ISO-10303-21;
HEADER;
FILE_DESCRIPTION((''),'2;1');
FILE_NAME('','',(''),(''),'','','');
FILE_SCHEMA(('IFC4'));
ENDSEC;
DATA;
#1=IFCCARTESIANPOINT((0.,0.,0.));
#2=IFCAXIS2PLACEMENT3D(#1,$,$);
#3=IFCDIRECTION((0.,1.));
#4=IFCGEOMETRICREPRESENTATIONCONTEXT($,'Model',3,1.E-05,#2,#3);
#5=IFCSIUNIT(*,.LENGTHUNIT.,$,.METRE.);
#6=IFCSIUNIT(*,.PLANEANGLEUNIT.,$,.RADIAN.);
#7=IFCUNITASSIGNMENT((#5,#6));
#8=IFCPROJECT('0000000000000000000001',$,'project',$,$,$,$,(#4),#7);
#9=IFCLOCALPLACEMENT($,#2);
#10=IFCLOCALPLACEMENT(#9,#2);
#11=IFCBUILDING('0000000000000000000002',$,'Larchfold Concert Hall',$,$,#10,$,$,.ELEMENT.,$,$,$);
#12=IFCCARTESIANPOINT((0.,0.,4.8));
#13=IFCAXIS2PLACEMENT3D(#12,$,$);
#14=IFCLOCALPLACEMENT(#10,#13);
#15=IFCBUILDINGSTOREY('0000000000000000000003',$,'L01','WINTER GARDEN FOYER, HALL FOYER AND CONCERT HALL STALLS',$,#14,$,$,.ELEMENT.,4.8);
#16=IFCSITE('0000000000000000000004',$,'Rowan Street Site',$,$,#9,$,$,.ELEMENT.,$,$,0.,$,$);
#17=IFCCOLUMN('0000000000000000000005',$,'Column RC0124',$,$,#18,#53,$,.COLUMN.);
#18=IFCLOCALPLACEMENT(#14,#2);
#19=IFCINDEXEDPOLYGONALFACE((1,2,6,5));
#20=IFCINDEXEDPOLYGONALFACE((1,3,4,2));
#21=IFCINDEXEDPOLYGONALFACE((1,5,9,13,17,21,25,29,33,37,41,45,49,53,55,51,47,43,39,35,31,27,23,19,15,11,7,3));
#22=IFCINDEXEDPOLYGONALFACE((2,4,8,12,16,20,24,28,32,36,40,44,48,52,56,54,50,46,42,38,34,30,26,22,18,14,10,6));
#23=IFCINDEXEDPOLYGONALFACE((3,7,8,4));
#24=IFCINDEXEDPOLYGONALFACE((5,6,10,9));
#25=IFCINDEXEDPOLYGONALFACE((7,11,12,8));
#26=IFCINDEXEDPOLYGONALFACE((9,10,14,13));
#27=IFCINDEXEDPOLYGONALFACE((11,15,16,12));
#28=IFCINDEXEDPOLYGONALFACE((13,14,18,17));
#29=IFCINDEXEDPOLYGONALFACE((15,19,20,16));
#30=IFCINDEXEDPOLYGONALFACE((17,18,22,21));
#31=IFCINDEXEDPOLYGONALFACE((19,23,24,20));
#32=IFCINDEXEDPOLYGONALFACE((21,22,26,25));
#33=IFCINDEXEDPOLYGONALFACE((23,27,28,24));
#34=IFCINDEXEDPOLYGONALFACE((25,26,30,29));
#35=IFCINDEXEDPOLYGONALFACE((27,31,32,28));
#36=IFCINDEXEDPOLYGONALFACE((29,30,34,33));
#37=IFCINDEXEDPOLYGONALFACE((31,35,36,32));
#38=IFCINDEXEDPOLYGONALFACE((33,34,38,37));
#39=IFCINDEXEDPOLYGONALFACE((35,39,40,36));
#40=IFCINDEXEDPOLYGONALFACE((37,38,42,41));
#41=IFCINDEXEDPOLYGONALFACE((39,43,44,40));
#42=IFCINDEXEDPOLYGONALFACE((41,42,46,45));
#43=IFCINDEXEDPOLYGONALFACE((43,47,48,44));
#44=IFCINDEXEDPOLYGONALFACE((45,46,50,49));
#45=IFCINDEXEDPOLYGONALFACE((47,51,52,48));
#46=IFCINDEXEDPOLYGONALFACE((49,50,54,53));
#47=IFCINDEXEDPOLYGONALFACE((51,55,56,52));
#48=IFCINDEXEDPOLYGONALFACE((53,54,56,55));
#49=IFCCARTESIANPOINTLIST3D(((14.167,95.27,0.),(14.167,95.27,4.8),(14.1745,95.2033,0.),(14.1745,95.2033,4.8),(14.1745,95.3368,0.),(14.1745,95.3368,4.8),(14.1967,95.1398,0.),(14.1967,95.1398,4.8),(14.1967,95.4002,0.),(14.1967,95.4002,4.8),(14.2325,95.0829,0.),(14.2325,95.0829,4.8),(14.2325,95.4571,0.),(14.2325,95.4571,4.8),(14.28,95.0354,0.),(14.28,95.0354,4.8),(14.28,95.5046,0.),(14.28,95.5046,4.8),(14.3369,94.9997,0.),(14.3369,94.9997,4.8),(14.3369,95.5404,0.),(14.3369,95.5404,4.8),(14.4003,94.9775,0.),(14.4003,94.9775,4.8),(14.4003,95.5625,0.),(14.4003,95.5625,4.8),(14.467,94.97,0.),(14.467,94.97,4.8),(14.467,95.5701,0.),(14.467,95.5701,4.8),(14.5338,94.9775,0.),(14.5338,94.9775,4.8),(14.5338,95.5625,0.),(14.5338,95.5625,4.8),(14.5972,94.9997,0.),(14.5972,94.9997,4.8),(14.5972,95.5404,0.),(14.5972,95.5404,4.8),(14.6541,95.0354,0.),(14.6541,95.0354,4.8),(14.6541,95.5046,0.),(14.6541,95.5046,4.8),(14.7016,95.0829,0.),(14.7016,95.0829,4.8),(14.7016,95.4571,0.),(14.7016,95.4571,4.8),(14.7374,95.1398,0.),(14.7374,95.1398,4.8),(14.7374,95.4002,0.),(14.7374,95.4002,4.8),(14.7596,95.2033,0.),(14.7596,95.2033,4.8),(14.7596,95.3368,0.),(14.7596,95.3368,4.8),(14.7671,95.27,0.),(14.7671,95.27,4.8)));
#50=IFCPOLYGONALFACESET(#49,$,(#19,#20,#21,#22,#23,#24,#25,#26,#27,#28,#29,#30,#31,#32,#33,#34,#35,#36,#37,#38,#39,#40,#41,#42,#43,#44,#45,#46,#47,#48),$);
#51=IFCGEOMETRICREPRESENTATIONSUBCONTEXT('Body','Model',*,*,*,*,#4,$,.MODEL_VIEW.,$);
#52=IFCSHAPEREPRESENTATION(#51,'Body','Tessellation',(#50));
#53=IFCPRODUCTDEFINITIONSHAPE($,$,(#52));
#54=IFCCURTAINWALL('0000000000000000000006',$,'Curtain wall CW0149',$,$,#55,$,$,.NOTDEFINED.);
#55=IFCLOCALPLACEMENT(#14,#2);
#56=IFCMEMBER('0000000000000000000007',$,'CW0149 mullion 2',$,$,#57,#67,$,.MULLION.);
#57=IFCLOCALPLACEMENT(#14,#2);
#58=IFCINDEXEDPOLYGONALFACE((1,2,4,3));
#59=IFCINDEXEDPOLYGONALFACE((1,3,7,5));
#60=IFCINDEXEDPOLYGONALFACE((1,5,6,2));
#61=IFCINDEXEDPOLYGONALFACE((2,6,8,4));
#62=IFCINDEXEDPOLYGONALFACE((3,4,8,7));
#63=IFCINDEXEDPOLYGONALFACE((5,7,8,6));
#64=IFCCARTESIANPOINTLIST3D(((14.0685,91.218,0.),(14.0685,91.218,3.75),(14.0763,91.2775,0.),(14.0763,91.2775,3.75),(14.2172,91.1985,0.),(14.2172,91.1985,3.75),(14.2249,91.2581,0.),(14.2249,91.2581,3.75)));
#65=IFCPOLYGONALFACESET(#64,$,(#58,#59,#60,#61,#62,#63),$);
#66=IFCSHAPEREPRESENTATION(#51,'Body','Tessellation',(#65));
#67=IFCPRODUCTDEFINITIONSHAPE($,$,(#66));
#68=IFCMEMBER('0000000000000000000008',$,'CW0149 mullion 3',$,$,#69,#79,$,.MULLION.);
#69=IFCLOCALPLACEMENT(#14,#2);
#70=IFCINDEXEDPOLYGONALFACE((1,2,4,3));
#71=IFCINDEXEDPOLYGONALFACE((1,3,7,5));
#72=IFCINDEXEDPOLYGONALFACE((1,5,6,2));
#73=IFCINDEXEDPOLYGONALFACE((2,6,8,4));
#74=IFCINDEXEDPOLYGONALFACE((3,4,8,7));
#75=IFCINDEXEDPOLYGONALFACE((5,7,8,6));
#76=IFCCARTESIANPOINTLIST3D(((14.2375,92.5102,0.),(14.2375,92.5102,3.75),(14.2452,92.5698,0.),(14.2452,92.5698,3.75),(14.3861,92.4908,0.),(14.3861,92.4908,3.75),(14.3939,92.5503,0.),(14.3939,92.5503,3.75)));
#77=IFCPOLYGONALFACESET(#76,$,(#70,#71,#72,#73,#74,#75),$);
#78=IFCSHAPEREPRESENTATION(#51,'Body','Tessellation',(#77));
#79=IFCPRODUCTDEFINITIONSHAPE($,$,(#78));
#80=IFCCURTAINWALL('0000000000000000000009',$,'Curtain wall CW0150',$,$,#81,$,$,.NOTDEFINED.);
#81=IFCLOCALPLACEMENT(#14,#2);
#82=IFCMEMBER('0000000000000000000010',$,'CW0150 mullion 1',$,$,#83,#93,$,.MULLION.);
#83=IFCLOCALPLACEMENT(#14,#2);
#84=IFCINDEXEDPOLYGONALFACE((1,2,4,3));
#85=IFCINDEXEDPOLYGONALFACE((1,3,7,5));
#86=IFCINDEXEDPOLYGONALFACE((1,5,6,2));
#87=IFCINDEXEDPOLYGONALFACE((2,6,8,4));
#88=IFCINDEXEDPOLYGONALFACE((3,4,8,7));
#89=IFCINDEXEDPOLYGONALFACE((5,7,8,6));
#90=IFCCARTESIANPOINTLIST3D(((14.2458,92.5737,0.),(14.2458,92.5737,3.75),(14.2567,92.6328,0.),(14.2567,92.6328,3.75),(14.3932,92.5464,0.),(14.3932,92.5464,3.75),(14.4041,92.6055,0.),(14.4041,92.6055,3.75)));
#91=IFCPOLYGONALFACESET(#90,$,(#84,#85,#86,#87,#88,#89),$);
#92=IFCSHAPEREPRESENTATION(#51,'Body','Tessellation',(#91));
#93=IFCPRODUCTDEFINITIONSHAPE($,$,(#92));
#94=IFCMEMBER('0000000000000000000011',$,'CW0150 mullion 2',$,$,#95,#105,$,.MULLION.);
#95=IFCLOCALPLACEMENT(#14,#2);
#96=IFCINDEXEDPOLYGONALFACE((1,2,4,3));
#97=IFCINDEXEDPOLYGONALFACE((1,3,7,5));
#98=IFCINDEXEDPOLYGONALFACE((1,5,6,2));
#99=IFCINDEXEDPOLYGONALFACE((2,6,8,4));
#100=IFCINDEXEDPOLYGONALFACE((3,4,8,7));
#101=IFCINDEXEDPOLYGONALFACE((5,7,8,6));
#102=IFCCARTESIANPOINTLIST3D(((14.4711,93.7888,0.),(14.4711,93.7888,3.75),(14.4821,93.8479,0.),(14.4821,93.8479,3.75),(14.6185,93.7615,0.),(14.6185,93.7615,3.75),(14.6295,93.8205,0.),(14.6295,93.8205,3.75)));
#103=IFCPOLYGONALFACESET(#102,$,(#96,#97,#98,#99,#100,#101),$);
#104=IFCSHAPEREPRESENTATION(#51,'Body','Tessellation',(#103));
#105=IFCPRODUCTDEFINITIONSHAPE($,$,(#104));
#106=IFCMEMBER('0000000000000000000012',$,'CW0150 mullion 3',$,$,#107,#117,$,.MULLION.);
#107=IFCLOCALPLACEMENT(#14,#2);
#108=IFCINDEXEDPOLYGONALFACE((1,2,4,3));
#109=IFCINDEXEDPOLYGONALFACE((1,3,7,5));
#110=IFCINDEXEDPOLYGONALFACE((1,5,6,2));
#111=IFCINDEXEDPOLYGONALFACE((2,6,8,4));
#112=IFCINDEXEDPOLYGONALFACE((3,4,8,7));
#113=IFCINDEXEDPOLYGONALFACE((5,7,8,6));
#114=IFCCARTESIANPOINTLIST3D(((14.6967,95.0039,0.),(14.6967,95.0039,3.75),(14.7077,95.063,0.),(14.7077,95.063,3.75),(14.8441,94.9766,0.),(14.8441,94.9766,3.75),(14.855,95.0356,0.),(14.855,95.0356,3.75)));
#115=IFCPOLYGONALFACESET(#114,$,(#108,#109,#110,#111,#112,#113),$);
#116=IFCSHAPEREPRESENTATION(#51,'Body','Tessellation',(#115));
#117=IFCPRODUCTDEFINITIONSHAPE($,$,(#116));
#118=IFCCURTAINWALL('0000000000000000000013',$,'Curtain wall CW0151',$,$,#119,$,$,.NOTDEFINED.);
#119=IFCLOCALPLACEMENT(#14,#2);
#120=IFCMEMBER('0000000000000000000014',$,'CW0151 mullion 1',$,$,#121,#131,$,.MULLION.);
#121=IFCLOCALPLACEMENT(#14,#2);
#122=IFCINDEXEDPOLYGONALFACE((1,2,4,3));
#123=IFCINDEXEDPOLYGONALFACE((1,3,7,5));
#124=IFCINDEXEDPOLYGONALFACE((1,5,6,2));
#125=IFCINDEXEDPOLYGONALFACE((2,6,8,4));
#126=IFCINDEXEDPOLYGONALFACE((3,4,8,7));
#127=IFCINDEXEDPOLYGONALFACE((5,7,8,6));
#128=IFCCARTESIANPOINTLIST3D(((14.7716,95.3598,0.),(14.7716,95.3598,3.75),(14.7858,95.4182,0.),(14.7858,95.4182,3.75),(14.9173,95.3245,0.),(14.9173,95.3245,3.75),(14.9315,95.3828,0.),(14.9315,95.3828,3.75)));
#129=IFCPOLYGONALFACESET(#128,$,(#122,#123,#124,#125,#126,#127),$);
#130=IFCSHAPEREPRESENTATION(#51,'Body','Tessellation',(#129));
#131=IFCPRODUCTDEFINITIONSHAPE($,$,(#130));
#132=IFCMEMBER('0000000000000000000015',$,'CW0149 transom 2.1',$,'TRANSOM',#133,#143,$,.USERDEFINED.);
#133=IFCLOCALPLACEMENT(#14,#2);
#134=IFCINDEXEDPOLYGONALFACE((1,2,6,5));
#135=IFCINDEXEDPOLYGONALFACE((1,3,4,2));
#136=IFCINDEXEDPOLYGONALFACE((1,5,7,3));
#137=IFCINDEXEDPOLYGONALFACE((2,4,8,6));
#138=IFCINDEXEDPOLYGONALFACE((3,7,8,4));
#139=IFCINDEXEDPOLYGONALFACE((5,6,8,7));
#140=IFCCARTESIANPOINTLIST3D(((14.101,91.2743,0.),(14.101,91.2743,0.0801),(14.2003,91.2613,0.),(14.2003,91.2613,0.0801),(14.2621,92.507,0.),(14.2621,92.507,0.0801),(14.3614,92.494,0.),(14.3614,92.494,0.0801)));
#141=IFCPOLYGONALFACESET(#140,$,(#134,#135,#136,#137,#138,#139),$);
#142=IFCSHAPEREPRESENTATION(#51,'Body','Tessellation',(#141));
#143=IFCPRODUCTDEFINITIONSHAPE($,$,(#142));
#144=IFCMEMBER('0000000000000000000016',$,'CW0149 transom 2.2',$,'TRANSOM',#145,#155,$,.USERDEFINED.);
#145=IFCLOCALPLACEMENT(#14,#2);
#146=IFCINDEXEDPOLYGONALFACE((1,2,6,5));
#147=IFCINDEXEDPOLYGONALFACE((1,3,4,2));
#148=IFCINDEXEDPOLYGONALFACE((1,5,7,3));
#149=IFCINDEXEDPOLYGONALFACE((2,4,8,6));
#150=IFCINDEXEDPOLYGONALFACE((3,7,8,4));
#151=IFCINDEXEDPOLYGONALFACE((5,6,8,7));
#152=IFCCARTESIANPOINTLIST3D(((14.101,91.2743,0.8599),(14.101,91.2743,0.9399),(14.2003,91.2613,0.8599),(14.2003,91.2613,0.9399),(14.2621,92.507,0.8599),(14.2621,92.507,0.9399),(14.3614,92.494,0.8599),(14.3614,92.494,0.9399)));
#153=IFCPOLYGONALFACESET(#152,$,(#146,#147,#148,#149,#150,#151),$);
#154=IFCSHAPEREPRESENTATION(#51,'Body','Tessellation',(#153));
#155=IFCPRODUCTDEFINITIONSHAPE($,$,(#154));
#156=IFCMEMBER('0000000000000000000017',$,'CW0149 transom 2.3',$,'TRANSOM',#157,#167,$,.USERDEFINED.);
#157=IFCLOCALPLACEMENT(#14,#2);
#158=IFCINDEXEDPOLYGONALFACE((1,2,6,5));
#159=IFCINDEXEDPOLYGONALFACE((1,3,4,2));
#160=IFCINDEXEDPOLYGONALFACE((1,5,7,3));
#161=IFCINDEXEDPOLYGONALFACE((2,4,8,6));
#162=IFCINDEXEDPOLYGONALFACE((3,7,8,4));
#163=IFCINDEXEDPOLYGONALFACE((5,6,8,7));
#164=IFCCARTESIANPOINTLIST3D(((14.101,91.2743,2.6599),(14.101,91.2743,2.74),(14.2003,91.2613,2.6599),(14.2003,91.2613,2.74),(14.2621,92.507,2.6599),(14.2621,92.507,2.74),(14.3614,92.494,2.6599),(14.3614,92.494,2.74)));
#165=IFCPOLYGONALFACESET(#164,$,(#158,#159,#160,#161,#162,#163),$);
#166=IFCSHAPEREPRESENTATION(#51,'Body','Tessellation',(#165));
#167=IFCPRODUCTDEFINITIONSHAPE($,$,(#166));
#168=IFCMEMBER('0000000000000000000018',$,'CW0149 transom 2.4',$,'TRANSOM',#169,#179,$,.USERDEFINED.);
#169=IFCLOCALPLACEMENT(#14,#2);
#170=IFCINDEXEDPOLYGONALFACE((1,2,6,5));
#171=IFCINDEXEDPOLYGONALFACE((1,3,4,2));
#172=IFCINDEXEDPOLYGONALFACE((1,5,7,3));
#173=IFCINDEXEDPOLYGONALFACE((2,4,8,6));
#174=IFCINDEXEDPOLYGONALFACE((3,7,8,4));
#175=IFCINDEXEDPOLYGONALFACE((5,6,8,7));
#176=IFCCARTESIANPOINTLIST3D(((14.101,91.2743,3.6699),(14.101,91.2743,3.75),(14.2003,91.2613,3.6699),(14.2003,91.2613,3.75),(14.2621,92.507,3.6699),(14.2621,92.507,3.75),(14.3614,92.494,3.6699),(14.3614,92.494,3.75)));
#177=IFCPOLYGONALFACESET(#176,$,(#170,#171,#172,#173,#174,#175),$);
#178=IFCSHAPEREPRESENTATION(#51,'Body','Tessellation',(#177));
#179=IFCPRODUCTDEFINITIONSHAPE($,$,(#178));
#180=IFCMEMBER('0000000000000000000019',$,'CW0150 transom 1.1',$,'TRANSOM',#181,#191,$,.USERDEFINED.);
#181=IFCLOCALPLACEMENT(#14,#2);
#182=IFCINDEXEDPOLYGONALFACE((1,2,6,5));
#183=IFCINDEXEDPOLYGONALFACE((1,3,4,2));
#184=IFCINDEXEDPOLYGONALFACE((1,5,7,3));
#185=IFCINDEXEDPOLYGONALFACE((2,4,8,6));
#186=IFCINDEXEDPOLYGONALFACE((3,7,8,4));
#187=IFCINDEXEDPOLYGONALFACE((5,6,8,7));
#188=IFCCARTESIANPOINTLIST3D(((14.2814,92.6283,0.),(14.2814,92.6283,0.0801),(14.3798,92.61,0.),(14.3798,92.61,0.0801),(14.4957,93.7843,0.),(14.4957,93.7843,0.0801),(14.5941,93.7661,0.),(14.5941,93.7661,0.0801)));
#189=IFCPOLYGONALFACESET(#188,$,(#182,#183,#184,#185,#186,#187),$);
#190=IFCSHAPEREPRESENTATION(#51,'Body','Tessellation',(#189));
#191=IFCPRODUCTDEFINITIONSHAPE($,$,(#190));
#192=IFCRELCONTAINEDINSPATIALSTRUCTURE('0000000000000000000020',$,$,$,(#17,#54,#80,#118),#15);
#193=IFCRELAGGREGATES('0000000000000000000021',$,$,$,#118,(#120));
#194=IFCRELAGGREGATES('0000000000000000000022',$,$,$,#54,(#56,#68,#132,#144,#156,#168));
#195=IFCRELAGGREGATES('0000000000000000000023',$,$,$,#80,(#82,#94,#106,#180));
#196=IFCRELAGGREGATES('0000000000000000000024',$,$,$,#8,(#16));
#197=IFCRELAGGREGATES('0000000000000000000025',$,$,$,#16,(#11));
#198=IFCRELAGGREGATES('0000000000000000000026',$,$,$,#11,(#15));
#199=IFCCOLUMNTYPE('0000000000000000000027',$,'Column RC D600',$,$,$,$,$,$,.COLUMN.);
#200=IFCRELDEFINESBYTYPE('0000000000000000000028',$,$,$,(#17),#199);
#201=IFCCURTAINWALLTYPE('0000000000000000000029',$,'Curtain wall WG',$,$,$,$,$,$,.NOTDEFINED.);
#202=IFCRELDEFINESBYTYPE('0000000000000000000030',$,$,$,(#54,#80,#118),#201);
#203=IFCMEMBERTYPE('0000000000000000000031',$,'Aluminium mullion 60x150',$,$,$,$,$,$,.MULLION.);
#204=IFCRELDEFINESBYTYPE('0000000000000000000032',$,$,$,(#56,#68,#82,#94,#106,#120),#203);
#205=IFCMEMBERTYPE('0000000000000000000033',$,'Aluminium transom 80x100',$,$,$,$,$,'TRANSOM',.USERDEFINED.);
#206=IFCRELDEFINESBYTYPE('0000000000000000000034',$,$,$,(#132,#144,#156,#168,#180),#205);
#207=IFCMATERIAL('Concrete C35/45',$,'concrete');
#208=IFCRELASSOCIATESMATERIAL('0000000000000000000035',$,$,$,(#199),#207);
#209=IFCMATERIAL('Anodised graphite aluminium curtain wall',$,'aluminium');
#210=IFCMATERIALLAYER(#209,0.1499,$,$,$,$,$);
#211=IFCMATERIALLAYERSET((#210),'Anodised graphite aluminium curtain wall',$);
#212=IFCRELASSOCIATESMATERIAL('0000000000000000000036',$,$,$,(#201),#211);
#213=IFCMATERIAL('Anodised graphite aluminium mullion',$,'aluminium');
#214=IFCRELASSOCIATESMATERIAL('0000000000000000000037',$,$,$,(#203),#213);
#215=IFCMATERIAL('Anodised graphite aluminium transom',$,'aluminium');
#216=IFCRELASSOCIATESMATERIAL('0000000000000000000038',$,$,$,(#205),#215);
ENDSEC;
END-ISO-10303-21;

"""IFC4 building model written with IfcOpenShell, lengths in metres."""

from ifc_helpers import new_model, si_unit, direction, frame, origin, origin_2d, place, context, subcontext, project, spatial, rectangle, circle, extrude, material, layer, layer_set, material_profile, profile_set, type_object, element, aggregate, save


model = new_model("IFC4")

# Units and contexts
model_context = context("Model", 3, precision=1e-05, world=origin(), true_north=direction((0.0, 1.0)))
body_context = subcontext(model_context, "Body", "Model", "MODEL_VIEW")
ifc_project = project(units=[si_unit("LENGTHUNIT", "METRE"), si_unit("PLANEANGLEUNIT", "RADIAN")], contexts=[model_context])

# Site, building, storey
site_placement = place(None, origin())
site = spatial("IfcSite", under=ifc_project, at=site_placement, Name="Rowan Street Site", CompositionType="ELEMENT", RefElevation=0.0)
building_placement = place(site_placement, origin())
building = spatial("IfcBuilding", under=site, at=building_placement, Name="Larchfold Concert Hall", CompositionType="ELEMENT")
storey_placement = place(building_placement, frame((0.0, 0.0, 4.8)))
storey = spatial("IfcBuildingStorey", under=building, at=storey_placement, Name="L01", Description="WINTER GARDEN FOYER, HALL FOYER AND CONCERT HALL STALLS", CompositionType="ELEMENT", Elevation=4.8)

# Column
ifc_material_1 = material(Name="Concrete C35/45", Category="concrete")
ifc_material_profile_1 = material_profile(ifc_material_1, circle(Radius=0.3, at=origin_2d()))
ifc_profile_set_1 = profile_set([ifc_material_profile_1], Name="Concrete C35/45")
column_type = type_object("IfcColumnType", Name="Column RC D600", PredefinedType="COLUMN", material=ifc_profile_set_1)
column_placement = place(storey_placement, frame((14.467, 95.27, 0.0), z_axis=(0.0, 0.0, 1.0), x_axis=(1.0, 0.0, 0.0)))
element("IfcColumn", 1, at=column_placement, inside=storey, type_object=column_type, Name="Column RC0124", PredefinedType="COLUMN", context=body_context, shape_type="SweptSolid", body=[
    extrude(circle(Radius=0.3, at=origin_2d()), origin(), (0.0, 0.0, 1.0), 4.8),
])

# Curtain walls, members
ifc_material_2 = material(Name="Anodised graphite aluminium curtain wall", Category="aluminium")
ifc_layer_1 = layer(ifc_material_2, 0.1499)
ifc_layer_set_1 = layer_set([ifc_layer_1], Name="Anodised graphite aluminium curtain wall")
curtain_wall_type = type_object("IfcCurtainWallType", Name="Curtain wall WG", PredefinedType="NOTDEFINED", material=ifc_layer_set_1)
curtain_wall_1_placement = place(storey_placement, origin())
curtain_wall_1 = element("IfcCurtainWall", 2, at=curtain_wall_1_placement, inside=storey, type_object=curtain_wall_type, Name="Curtain wall CW0149", PredefinedType="NOTDEFINED")
ifc_material_3 = material(Name="Anodised graphite aluminium mullion", Category="aluminium")
ifc_material_profile_2 = material_profile(ifc_material_3, rectangle(XDim=0.1499, YDim=0.0601, at=origin_2d()))
ifc_profile_set_2 = profile_set([ifc_material_profile_2], Name="Anodised graphite aluminium mullion")
member_type_1 = type_object("IfcMemberType", Name="Aluminium mullion 60x150", PredefinedType="MULLION", material=ifc_profile_set_2)
member_1_placement = place(storey_placement, frame((14.1467, 91.238, 0.0), z_axis=(0.0, 0.0, 1.0), x_axis=(-0.991561, 0.129644, 0.0)))
member_1 = element("IfcMember", 3, at=member_1_placement, type_object=member_type_1, Name="CW0149 mullion 2", PredefinedType="MULLION", context=body_context, shape_type="SweptSolid", body=[
    extrude(rectangle(XDim=0.1499, YDim=0.0601, at=origin_2d()), origin(), (0.0, 0.0, 1.0), 3.75),
])
member_2_placement = place(storey_placement, frame((14.3157, 92.5303, 0.0), z_axis=(0.0, 0.0, 1.0), x_axis=(-0.991561, 0.129644, 0.0)))
member_2 = element("IfcMember", 4, at=member_2_placement, type_object=member_type_1, Name="CW0149 mullion 3", PredefinedType="MULLION", context=body_context, shape_type="SweptSolid", body=[
    extrude(rectangle(XDim=0.1499, YDim=0.0601, at=origin_2d()), origin(), (0.0, 0.0, 1.0), 3.75),
])
curtain_wall_2_placement = place(storey_placement, origin())
curtain_wall_2 = element("IfcCurtainWall", 5, at=curtain_wall_2_placement, inside=storey, type_object=curtain_wall_type, Name="Curtain wall CW0150", PredefinedType="NOTDEFINED")
member_3_placement = place(storey_placement, frame((14.325, 92.5896, 0.0), z_axis=(0.0, 0.0, 1.0), x_axis=(-0.983233, 0.182355, 0.0)))
member_3 = element("IfcMember", 6, at=member_3_placement, type_object=member_type_1, Name="CW0150 mullion 1", PredefinedType="MULLION", context=body_context, shape_type="SweptSolid", body=[
    extrude(rectangle(XDim=0.1499, YDim=0.0601, at=origin_2d()), origin(), (0.0, 0.0, 1.0), 3.75),
])
member_4_placement = place(storey_placement, frame((14.5503, 93.8047, 0.0), z_axis=(0.0, 0.0, 1.0), x_axis=(-0.983233, 0.182355, 0.0)))
member_4 = element("IfcMember", 7, at=member_4_placement, type_object=member_type_1, Name="CW0150 mullion 2", PredefinedType="MULLION", context=body_context, shape_type="SweptSolid", body=[
    extrude(rectangle(XDim=0.1499, YDim=0.0601, at=origin_2d()), origin(), (0.0, 0.0, 1.0), 3.75),
])
member_5_placement = place(storey_placement, frame((14.7759, 95.0198, 0.0), z_axis=(0.0, 0.0, 1.0), x_axis=(-0.983233, 0.182355, 0.0)))
member_5 = element("IfcMember", 8, at=member_5_placement, type_object=member_type_1, Name="CW0150 mullion 3", PredefinedType="MULLION", context=body_context, shape_type="SweptSolid", body=[
    extrude(rectangle(XDim=0.1499, YDim=0.0601, at=origin_2d()), origin(), (0.0, 0.0, 1.0), 3.75),
])

# Curtain wall, member
curtain_wall_3_placement = place(storey_placement, origin())
curtain_wall_3 = element("IfcCurtainWall", 9, at=curtain_wall_3_placement, inside=storey, type_object=curtain_wall_type, Name="Curtain wall CW0151", PredefinedType="NOTDEFINED")
member_6_placement = place(storey_placement, frame((14.8516, 95.3713, 0.0), z_axis=(0.0, 0.0, 1.0), x_axis=(-0.971762, 0.235963, 0.0)))
member_6 = element("IfcMember", 10, at=member_6_placement, type_object=member_type_1, Name="CW0151 mullion 1", PredefinedType="MULLION", context=body_context, shape_type="SweptSolid", body=[
    extrude(rectangle(XDim=0.1499, YDim=0.0601, at=origin_2d()), origin(), (0.0, 0.0, 1.0), 3.75),
])

# Members
ifc_material_4 = material(Name="Anodised graphite aluminium transom", Category="aluminium")
ifc_material_profile_3 = material_profile(ifc_material_4, rectangle(XDim=0.1001, YDim=0.0801, at=origin_2d()))
ifc_profile_set_3 = profile_set([ifc_material_profile_3], Name="Anodised graphite aluminium transom")
member_type_2 = type_object("IfcMemberType", Name="Aluminium transom 80x100", ElementType="TRANSOM", PredefinedType="USERDEFINED", material=ifc_profile_set_3)
member_7_placement = place(storey_placement, frame((14.1506, 91.2678, 0.04), z_axis=(0.129616, 0.991564, 0.0), x_axis=(-0.991564, 0.129616, 0.0)))
member_7 = element("IfcMember", 11, at=member_7_placement, type_object=member_type_2, Name="CW0149 transom 2.1", ObjectType="TRANSOM", PredefinedType="USERDEFINED", context=body_context, shape_type="SweptSolid", body=[
    extrude(rectangle(XDim=0.1001, YDim=0.0801, at=origin_2d()), origin(), (0.0, 0.0, 1.0), 1.2432),
])
member_8_placement = place(storey_placement, frame((14.1506, 91.2678, 0.8999), z_axis=(0.129616, 0.991564, 0.0), x_axis=(-0.991564, 0.129616, 0.0)))
member_8 = element("IfcMember", 12, at=member_8_placement, type_object=member_type_2, Name="CW0149 transom 2.2", ObjectType="TRANSOM", PredefinedType="USERDEFINED", context=body_context, shape_type="SweptSolid", body=[
    extrude(rectangle(XDim=0.1001, YDim=0.0801, at=origin_2d()), origin(), (0.0, 0.0, 1.0), 1.2432),
])
member_9_placement = place(storey_placement, frame((14.1506, 91.2678, 2.7), z_axis=(0.129616, 0.991564, 0.0), x_axis=(-0.991564, 0.129616, 0.0)))
member_9 = element("IfcMember", 13, at=member_9_placement, type_object=member_type_2, Name="CW0149 transom 2.3", ObjectType="TRANSOM", PredefinedType="USERDEFINED", context=body_context, shape_type="SweptSolid", body=[
    extrude(rectangle(XDim=0.1001, YDim=0.0801, at=origin_2d()), origin(), (0.0, 0.0, 1.0), 1.2432),
])
member_10_placement = place(storey_placement, frame((14.1506, 91.2678, 3.71), z_axis=(0.129616, 0.991564, 0.0), x_axis=(-0.991564, 0.129616, 0.0)))
member_10 = element("IfcMember", 14, at=member_10_placement, type_object=member_type_2, Name="CW0149 transom 2.4", ObjectType="TRANSOM", PredefinedType="USERDEFINED", context=body_context, shape_type="SweptSolid", body=[
    extrude(rectangle(XDim=0.1001, YDim=0.0801, at=origin_2d()), origin(), (0.0, 0.0, 1.0), 1.2432),
])
member_11_placement = place(storey_placement, frame((14.3306, 92.6191, 0.04), z_axis=(0.18232, 0.983239, 0.0), x_axis=(-0.983239, 0.18232, 0.0)))
member_11 = element("IfcMember", 15, at=member_11_placement, type_object=member_type_2, Name="CW0150 transom 1.1", ObjectType="TRANSOM", PredefinedType="USERDEFINED", context=body_context, shape_type="SweptSolid", body=[
    extrude(rectangle(XDim=0.1001, YDim=0.0801, at=origin_2d()), origin(), (0.0, 0.0, 1.0), 1.1758),
])
aggregate(curtain_wall_3, [member_6])

aggregate(curtain_wall_1, [member_1, member_2, member_7, member_8, member_9, member_10])
aggregate(curtain_wall_2, [member_3, member_4, member_5, member_11])

save(model, "model.ifc")
